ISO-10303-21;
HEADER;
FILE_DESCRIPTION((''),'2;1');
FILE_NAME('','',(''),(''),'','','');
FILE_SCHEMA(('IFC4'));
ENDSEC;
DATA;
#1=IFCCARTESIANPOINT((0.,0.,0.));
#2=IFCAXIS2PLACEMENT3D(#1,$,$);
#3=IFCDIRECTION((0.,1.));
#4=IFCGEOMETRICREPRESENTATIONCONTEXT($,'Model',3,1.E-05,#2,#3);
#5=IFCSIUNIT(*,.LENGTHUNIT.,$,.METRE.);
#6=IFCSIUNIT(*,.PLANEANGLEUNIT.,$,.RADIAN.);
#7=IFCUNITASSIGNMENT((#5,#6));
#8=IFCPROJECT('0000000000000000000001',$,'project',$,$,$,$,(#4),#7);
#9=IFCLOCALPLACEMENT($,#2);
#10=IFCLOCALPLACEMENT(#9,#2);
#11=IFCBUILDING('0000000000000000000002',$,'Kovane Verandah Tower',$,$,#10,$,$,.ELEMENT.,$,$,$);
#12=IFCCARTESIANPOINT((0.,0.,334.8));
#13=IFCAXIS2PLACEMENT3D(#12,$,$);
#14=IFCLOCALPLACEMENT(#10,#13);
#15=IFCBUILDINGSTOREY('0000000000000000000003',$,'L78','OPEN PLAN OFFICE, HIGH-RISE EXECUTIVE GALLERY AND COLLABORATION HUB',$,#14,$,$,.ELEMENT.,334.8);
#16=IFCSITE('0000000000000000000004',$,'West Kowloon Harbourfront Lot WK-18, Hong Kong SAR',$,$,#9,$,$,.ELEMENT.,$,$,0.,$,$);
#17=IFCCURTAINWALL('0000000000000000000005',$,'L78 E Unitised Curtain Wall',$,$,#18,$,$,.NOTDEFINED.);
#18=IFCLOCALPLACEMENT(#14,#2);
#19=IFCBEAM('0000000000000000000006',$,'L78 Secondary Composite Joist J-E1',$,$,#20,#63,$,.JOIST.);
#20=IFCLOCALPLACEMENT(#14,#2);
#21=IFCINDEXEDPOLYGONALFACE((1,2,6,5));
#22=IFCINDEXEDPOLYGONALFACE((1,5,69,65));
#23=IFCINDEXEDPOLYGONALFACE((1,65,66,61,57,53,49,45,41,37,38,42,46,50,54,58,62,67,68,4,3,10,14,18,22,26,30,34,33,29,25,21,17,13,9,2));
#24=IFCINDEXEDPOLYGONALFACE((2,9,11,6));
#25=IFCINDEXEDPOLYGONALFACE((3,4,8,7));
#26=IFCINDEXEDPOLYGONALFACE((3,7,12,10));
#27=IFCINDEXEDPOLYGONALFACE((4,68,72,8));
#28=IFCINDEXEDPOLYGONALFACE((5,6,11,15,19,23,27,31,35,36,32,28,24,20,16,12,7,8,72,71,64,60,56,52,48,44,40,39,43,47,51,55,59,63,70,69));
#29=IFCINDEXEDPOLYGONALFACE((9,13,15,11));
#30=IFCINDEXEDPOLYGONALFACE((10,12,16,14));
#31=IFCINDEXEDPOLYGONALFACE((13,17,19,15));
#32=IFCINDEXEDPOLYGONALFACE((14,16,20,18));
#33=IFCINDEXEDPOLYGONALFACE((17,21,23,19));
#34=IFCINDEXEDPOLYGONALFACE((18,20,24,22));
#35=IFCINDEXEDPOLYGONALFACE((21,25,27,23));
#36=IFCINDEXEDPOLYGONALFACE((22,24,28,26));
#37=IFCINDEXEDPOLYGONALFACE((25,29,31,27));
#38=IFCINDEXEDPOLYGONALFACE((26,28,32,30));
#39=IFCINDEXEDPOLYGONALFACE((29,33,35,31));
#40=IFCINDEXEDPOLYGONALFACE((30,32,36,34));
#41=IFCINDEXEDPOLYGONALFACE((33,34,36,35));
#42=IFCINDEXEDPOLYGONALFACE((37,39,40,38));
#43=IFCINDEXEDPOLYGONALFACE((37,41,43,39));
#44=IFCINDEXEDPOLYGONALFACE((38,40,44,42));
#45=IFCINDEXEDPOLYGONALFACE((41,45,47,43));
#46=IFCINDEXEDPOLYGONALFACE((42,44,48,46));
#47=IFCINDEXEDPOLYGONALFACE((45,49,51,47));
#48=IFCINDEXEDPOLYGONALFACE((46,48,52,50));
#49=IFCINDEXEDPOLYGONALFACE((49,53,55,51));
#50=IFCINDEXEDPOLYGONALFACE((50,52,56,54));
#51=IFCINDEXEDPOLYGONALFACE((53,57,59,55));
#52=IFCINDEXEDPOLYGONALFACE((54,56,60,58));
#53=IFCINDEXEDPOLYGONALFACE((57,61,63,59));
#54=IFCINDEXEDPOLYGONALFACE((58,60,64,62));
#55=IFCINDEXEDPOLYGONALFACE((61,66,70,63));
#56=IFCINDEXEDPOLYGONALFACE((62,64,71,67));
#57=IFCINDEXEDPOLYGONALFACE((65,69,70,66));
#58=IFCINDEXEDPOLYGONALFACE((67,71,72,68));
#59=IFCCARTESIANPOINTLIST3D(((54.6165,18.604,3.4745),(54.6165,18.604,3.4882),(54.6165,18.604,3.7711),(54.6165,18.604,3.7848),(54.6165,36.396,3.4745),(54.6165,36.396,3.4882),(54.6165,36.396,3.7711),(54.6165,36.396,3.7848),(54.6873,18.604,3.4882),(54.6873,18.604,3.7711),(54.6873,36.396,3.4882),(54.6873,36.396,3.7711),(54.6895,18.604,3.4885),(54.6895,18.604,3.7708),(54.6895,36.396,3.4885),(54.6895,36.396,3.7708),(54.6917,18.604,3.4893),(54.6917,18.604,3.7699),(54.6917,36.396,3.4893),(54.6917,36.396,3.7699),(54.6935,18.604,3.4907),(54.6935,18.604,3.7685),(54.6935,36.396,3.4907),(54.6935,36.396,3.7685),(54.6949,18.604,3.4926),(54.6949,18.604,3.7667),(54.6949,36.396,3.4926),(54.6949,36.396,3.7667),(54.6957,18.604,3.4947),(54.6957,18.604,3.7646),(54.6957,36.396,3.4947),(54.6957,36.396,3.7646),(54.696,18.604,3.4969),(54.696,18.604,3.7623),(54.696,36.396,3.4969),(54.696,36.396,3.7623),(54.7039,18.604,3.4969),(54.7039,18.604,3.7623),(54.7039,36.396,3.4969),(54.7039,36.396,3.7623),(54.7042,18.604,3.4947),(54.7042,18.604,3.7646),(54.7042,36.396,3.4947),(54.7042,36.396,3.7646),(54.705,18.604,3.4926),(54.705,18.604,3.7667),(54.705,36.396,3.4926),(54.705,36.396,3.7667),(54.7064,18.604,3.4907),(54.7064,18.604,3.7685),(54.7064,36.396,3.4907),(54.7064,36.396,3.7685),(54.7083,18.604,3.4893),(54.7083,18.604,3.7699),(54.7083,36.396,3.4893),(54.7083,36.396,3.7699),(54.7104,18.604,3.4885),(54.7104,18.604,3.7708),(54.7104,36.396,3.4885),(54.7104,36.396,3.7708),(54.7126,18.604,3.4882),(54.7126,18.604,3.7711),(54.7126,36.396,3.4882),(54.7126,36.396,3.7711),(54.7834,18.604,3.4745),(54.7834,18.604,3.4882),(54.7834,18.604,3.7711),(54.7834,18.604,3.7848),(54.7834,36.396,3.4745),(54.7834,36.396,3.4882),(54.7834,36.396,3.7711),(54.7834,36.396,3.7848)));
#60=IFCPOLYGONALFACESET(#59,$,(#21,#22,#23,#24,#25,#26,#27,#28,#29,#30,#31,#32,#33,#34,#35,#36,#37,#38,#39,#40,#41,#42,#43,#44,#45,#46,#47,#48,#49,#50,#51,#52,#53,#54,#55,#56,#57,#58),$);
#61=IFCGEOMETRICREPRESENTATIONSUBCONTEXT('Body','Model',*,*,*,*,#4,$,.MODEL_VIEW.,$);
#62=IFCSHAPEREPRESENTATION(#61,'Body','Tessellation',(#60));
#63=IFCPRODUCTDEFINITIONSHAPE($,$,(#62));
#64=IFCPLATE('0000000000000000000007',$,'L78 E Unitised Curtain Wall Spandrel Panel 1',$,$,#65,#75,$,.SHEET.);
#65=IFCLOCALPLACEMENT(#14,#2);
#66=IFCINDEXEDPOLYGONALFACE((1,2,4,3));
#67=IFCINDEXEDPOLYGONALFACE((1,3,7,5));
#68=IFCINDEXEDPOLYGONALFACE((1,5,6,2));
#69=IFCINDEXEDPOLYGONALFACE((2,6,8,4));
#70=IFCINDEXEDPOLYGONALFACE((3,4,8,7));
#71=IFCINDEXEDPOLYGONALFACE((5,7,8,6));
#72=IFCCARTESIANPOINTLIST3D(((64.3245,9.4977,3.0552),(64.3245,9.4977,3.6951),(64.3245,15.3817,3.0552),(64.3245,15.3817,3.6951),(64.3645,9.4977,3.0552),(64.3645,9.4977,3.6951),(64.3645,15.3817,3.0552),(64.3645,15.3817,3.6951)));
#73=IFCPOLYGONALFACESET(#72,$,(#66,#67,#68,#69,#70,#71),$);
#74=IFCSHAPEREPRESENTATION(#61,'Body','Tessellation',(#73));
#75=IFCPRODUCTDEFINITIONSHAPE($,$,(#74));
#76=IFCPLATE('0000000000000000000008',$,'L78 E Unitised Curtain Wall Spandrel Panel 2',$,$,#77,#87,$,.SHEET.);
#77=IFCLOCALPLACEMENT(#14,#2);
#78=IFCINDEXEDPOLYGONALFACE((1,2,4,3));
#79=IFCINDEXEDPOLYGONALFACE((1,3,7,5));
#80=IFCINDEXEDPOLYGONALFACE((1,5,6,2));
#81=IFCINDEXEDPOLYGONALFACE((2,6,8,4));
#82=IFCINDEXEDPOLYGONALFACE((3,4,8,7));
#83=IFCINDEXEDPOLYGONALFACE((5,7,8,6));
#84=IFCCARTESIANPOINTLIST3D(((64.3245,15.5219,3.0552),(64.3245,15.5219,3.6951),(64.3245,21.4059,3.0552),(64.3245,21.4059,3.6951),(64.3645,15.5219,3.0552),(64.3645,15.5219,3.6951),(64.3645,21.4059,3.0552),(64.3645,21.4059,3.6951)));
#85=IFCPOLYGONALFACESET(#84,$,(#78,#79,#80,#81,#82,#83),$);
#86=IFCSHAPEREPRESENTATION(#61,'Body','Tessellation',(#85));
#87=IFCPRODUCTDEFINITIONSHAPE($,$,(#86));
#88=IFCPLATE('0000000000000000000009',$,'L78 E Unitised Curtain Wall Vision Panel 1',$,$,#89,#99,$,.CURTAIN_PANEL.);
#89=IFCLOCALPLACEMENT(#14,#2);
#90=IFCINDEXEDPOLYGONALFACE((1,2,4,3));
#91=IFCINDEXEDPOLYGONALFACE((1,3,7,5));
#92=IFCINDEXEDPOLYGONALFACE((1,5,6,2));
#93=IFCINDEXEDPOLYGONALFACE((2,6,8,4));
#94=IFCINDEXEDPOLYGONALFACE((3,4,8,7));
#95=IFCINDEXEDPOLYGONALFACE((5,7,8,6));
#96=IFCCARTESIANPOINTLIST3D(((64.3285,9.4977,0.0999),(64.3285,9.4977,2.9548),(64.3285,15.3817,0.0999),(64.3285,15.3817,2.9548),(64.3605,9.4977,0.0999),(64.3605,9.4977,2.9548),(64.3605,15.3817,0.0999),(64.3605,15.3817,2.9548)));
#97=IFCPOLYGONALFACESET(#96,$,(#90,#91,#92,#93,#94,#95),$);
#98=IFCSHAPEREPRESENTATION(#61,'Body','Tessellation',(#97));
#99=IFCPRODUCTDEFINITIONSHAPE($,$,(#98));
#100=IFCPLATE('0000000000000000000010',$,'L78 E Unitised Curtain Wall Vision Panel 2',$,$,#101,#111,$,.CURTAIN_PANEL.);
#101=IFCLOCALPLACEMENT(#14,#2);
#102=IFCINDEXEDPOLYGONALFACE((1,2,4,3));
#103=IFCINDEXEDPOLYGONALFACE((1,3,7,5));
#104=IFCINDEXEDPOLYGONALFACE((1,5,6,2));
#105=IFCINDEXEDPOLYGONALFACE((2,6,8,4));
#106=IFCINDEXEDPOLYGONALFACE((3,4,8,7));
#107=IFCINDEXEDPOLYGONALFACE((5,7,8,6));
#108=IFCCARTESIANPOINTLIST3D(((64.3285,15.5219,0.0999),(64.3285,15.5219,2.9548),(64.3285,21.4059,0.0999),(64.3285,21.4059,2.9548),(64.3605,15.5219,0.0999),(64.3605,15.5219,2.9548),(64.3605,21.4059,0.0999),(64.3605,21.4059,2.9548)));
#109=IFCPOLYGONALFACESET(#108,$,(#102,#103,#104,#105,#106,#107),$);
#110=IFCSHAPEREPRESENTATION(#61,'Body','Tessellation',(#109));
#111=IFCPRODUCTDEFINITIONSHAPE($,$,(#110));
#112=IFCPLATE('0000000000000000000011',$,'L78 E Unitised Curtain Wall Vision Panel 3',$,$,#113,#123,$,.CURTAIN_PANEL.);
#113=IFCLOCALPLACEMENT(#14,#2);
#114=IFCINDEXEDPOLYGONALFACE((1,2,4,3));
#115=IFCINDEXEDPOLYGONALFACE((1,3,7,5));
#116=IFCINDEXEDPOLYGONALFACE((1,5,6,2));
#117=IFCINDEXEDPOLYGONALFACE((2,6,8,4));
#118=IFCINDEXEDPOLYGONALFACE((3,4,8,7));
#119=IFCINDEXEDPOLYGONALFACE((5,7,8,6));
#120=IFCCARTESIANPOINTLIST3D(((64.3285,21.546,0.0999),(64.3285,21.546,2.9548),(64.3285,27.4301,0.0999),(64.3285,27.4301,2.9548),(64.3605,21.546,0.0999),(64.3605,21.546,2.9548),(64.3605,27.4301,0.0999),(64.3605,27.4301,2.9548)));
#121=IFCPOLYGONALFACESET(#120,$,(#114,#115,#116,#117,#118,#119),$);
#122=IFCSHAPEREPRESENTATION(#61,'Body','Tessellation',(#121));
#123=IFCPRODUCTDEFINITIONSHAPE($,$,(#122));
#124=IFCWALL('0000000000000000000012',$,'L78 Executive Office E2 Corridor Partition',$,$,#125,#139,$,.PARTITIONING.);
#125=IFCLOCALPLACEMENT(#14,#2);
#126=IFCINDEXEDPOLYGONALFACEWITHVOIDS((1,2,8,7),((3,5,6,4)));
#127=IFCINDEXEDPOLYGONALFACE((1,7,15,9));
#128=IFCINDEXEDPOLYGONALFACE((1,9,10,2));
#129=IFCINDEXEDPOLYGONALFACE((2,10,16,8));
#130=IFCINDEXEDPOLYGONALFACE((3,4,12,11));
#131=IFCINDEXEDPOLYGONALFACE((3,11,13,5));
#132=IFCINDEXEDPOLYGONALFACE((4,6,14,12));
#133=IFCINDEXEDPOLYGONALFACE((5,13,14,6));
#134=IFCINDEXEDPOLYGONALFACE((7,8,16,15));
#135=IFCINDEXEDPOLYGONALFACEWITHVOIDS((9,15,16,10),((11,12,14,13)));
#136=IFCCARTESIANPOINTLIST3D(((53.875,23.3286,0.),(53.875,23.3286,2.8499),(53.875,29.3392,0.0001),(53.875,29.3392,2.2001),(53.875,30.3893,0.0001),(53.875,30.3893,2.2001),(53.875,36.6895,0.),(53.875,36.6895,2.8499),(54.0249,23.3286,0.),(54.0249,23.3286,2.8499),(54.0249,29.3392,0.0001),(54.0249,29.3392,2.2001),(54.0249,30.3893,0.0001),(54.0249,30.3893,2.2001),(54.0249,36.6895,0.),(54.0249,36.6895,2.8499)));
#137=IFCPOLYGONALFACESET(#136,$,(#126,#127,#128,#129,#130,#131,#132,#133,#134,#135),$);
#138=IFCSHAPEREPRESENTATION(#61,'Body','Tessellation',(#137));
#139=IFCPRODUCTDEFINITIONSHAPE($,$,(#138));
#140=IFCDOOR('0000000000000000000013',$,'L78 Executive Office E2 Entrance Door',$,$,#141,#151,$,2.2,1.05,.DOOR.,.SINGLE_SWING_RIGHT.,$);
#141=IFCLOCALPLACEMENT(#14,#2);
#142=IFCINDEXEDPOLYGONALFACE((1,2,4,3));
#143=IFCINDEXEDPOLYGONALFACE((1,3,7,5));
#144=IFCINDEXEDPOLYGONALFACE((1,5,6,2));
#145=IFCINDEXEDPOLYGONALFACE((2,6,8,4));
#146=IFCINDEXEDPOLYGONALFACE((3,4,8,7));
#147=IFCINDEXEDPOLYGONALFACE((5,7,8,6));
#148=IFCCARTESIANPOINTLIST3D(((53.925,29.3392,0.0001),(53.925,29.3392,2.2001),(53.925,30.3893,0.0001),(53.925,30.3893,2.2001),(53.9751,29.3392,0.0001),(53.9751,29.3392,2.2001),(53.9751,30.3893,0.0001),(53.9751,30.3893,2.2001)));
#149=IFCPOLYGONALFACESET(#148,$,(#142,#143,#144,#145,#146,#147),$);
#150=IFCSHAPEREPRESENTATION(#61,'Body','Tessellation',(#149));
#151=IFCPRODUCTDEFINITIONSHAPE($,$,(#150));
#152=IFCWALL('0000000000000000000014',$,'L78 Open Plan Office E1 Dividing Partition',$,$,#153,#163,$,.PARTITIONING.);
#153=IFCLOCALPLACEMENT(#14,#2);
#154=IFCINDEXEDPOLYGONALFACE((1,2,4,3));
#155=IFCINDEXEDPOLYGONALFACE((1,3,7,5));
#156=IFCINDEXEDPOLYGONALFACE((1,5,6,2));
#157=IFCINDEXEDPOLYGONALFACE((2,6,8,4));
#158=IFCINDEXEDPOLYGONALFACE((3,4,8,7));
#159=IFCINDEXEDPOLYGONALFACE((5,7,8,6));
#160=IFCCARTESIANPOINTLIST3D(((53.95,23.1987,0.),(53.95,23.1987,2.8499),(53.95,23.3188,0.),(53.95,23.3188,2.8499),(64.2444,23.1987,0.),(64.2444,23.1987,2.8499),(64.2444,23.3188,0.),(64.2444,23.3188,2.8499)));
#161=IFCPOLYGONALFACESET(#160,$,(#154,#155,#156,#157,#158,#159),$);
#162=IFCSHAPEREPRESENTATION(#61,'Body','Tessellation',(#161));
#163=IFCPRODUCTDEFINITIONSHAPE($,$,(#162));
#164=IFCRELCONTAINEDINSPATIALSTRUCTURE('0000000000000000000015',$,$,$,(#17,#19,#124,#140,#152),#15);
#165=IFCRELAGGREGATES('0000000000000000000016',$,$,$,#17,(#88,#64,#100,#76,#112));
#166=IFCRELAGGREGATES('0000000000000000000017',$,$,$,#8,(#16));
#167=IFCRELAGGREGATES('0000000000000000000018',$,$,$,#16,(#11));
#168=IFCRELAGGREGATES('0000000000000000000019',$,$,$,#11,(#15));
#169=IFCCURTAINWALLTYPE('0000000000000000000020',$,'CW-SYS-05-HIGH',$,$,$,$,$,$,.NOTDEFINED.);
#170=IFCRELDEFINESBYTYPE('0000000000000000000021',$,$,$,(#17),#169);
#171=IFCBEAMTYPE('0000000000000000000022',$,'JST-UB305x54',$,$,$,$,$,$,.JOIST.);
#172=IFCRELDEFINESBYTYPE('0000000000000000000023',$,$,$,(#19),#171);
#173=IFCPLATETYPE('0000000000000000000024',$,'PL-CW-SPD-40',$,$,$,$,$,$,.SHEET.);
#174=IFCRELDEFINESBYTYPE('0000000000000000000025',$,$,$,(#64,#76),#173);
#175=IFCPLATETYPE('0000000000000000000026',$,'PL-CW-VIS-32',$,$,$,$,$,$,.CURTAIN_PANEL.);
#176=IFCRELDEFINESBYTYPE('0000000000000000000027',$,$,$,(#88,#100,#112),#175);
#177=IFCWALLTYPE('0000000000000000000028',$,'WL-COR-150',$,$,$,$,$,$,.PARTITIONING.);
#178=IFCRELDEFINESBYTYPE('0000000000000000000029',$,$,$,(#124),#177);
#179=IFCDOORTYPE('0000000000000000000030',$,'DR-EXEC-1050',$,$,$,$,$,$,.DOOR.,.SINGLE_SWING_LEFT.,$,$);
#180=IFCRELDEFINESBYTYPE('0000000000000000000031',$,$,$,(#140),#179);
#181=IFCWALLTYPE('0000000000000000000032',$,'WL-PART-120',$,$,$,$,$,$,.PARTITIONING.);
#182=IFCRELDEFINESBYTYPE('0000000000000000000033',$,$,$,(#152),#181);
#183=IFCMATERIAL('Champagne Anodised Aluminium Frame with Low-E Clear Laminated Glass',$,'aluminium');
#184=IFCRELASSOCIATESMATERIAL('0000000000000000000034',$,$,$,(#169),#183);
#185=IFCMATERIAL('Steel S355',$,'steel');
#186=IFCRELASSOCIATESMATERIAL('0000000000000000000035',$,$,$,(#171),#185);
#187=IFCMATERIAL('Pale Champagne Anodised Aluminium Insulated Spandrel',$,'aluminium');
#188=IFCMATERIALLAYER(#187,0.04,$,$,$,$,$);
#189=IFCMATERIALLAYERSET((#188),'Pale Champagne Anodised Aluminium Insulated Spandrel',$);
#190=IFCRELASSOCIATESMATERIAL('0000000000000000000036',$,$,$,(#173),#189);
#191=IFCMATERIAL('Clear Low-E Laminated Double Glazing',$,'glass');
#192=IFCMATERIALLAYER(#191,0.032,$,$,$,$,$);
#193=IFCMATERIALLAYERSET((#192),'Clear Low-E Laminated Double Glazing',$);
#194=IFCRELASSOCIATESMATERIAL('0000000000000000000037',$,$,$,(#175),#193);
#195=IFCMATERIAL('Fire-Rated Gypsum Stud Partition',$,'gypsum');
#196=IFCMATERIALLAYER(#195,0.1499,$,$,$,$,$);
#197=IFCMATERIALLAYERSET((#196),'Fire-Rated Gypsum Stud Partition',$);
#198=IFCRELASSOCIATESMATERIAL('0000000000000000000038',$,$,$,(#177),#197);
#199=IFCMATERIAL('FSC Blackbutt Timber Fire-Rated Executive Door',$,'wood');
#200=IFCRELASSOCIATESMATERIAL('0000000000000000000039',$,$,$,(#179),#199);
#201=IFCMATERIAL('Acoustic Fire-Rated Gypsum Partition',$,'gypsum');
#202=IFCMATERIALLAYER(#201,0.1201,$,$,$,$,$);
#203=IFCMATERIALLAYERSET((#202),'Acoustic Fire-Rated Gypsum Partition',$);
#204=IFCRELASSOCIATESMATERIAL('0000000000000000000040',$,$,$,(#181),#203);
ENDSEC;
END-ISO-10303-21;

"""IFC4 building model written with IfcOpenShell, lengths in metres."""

from ifc_helpers import new_model, si_unit, direction, frame, frame_2d, origin, origin_2d, place, context, subcontext, project, spatial, rectangle, i_section, extrude, material, layer, layer_set, material_profile, profile_set, type_object, element, fill, aggregate, save


model = new_model("IFC4")

# Units and contexts
model_context = context("Model", 3, precision=1e-05, world=origin(), true_north=direction((0.0, 1.0)))
body_context = subcontext(model_context, "Body", "Model", "MODEL_VIEW")
ifc_project = project(units=[si_unit("LENGTHUNIT", "METRE"), si_unit("PLANEANGLEUNIT", "RADIAN")], contexts=[model_context])

# Site, building, storey
site_placement = place(None, origin())
site = spatial("IfcSite", under=ifc_project, at=site_placement, Name="West Kowloon Harbourfront Lot WK-18, Hong Kong SAR", CompositionType="ELEMENT", RefElevation=0.0)
building_placement = place(site_placement, origin())
building = spatial("IfcBuilding", under=site, at=building_placement, Name="Kovane Verandah Tower", CompositionType="ELEMENT")
storey_placement = place(building_placement, frame((0.0, 0.0, 334.8)))
storey = spatial("IfcBuildingStorey", under=building, at=storey_placement, Name="L78", Description="OPEN PLAN OFFICE, HIGH-RISE EXECUTIVE GALLERY AND COLLABORATION HUB", CompositionType="ELEMENT", Elevation=334.8)

# Shared definitions
ifc_material_1 = material(Name="Steel S355", Category="steel")

# Curtain wall
ifc_material_2 = material(Name="Champagne Anodised Aluminium Frame with Low-E Clear Laminated Glass", Category="aluminium")
curtain_wall_type = type_object("IfcCurtainWallType", Name="CW-SYS-05-HIGH", PredefinedType="NOTDEFINED", material=ifc_material_2)
curtain_wall_placement = place(storey_placement, origin())
curtain_wall = element("IfcCurtainWall", 1, at=curtain_wall_placement, inside=storey, type_object=curtain_wall_type, Name="L78 E Unitised Curtain Wall", PredefinedType="NOTDEFINED")

# Beam
ifc_material_profile_1 = material_profile(ifc_material_1, i_section(OverallWidth=0.167, OverallDepth=0.3103, WebThickness=0.0078, FlangeThickness=0.0137, FilletRadius=0.0088, at=origin_2d()), Name="UB305x165x54")
ifc_profile_set_1 = profile_set([ifc_material_profile_1], Name="Steel S355")
beam_type_1 = type_object("IfcBeamType", Name="JST-UB305x54", PredefinedType="JOIST", material=ifc_profile_set_1)
beam_1_placement = place(storey_placement, frame((54.7, 18.604, 3.6296), z_axis=(0.0, 1.0, 0.0), x_axis=(-1.0, 0.0, 0.0)))
element("IfcBeam", 2, at=beam_1_placement, inside=storey, type_object=beam_type_1, Name="L78 Secondary Composite Joist J-E1", PredefinedType="JOIST", context=body_context, shape_type="SweptSolid", body=[
    extrude(i_section(OverallWidth=0.167, OverallDepth=0.3103, WebThickness=0.0078, FlangeThickness=0.0137, FilletRadius=0.0088, at=origin_2d()), origin(), (0.0, 0.0, 1.0), 17.792),
])

# Plates
ifc_material_3 = material(Name="Pale Champagne Anodised Aluminium Insulated Spandrel", Category="aluminium")
ifc_layer_1 = layer(ifc_material_3, 0.04)
ifc_layer_set_1 = layer_set([ifc_layer_1], Name="Pale Champagne Anodised Aluminium Insulated Spandrel")
plate_type_1 = type_object("IfcPlateType", Name="PL-CW-SPD-40", PredefinedType="SHEET", material=ifc_layer_set_1)
plate_1_placement = place(storey_placement, frame((64.3445, 12.4397, 3.0552), z_axis=(0.0, 0.0, 1.0), x_axis=(0.0, 1.0, 0.0)))
plate_1 = element("IfcPlate", 3, at=plate_1_placement, type_object=plate_type_1, Name="L78 E Unitised Curtain Wall Spandrel Panel 1", PredefinedType="SHEET", context=body_context, shape_type="SweptSolid", body=[
    extrude(rectangle(XDim=5.884, YDim=0.04, at=origin_2d()), origin(), (0.0, 0.0, 1.0), 0.6399),
])
plate_2_placement = place(storey_placement, frame((64.3445, 18.4639, 3.0552), z_axis=(0.0, 0.0, 1.0), x_axis=(0.0, 1.0, 0.0)))
plate_2 = element("IfcPlate", 4, at=plate_2_placement, type_object=plate_type_1, Name="L78 E Unitised Curtain Wall Spandrel Panel 2", PredefinedType="SHEET", context=body_context, shape_type="SweptSolid", body=[
    extrude(rectangle(XDim=5.884, YDim=0.04, at=origin_2d()), origin(), (0.0, 0.0, 1.0), 0.6399),
])
ifc_material_4 = material(Name="Clear Low-E Laminated Double Glazing", Category="glass")
ifc_layer_2 = layer(ifc_material_4, 0.032)
ifc_layer_set_2 = layer_set([ifc_layer_2], Name="Clear Low-E Laminated Double Glazing")
plate_type_2 = type_object("IfcPlateType", Name="PL-CW-VIS-32", PredefinedType="CURTAIN_PANEL", material=ifc_layer_set_2)
plate_3_placement = place(storey_placement, frame((64.3445, 12.4397, 0.0999), z_axis=(0.0, 0.0, 1.0), x_axis=(0.0, 1.0, 0.0)))
plate_3 = element("IfcPlate", 5, at=plate_3_placement, type_object=plate_type_2, Name="L78 E Unitised Curtain Wall Vision Panel 1", PredefinedType="CURTAIN_PANEL", context=body_context, shape_type="SweptSolid", body=[
    extrude(rectangle(XDim=5.884, YDim=0.032, at=origin_2d()), origin(), (0.0, 0.0, 1.0), 2.855),
])
plate_4_placement = place(storey_placement, frame((64.3445, 18.4639, 0.0999), z_axis=(0.0, 0.0, 1.0), x_axis=(0.0, 1.0, 0.0)))
plate_4 = element("IfcPlate", 6, at=plate_4_placement, type_object=plate_type_2, Name="L78 E Unitised Curtain Wall Vision Panel 2", PredefinedType="CURTAIN_PANEL", context=body_context, shape_type="SweptSolid", body=[
    extrude(rectangle(XDim=5.884, YDim=0.032, at=origin_2d()), origin(), (0.0, 0.0, 1.0), 2.855),
])
plate_5_placement = place(storey_placement, frame((64.3445, 24.488, 0.0999), z_axis=(0.0, 0.0, 1.0), x_axis=(0.0, 1.0, 0.0)))
plate_5 = element("IfcPlate", 7, at=plate_5_placement, type_object=plate_type_2, Name="L78 E Unitised Curtain Wall Vision Panel 3", PredefinedType="CURTAIN_PANEL", context=body_context, shape_type="SweptSolid", body=[
    extrude(rectangle(XDim=5.884, YDim=0.032, at=origin_2d()), origin(), (0.0, 0.0, 1.0), 2.855),
])
aggregate(curtain_wall, [plate_3, plate_1, plate_4, plate_2, plate_5])

# Wall, opening, door
ifc_material_5 = material(Name="Fire-Rated Gypsum Stud Partition", Category="gypsum")
ifc_layer_3 = layer(ifc_material_5, 0.1499)
ifc_layer_set_3 = layer_set([ifc_layer_3], Name="Fire-Rated Gypsum Stud Partition")
wall_type_1 = type_object("IfcWallType", Name="WL-COR-150", PredefinedType="PARTITIONING", material=ifc_layer_set_3)
wall_1_placement = place(storey_placement, frame((53.95, 23.3286, 0.0), z_axis=(0.0, 0.0, 1.0), x_axis=(0.0, 1.0, 0.0)))
wall_1 = element("IfcWall", 8, at=wall_1_placement, inside=storey, type_object=wall_type_1, Name="L78 Executive Office E2 Corridor Partition", PredefinedType="PARTITIONING", context=body_context, shape_type="SweptSolid", body=[
    extrude(rectangle(XDim=13.3608, YDim=0.1499, at=frame_2d((6.6804, 0.0))), origin(), (0.0, 0.0, 1.0), 2.8499),
])
opening_placement = place(wall_1_placement, frame((6.0107, 0.0, 0.0)))
opening = element("IfcOpeningElement", 9, at=opening_placement, cuts=wall_1, PredefinedType="OPENING", context=body_context, shape_type="SweptSolid", body=[
    extrude(rectangle(XDim=1.05, YDim=2.2, at=frame_2d((0.5249, 1.1001))), frame((0.0, 0.075, 0.0), z_axis=(0.0, -1.0, 0.0), x_axis=(1.0, 0.0, 0.0)), (0.0, 0.0, 1.0), 0.1499),
])
ifc_material_6 = material(Name="FSC Blackbutt Timber Fire-Rated Executive Door", Category="wood")
door_type = type_object("IfcDoorType", Name="DR-EXEC-1050", OperationType="SINGLE_SWING_LEFT", PredefinedType="DOOR", material=ifc_material_6)
door_placement = place(opening_placement, origin())
door = element("IfcDoor", 10, at=door_placement, inside=storey, type_object=door_type, Name="L78 Executive Office E2 Entrance Door", OperationType="SINGLE_SWING_RIGHT", OverallHeight=2.2, OverallWidth=1.05, PredefinedType="DOOR", context=body_context, shape_type="SweptSolid", body=[
    extrude(rectangle(XDim=1.05, YDim=2.2, at=frame_2d((0.5249, 1.1001))), frame((0.0, 0.0249, 0.0), z_axis=(0.0, -1.0, 0.0), x_axis=(1.0, 0.0, 0.0)), (0.0, 0.0, 1.0), 0.05),
])
fill(opening, door)

# Wall
ifc_material_7 = material(Name="Acoustic Fire-Rated Gypsum Partition", Category="gypsum")
ifc_layer_4 = layer(ifc_material_7, 0.1201)
ifc_layer_set_4 = layer_set([ifc_layer_4], Name="Acoustic Fire-Rated Gypsum Partition")
wall_type_2 = type_object("IfcWallType", Name="WL-PART-120", PredefinedType="PARTITIONING", material=ifc_layer_set_4)
wall_2_placement = place(storey_placement, frame((53.95, 23.2588, 0.0), z_axis=(0.0, 0.0, 1.0), x_axis=(1.0, 0.0, 0.0)))
element("IfcWall", 11, at=wall_2_placement, inside=storey, type_object=wall_type_2, Name="L78 Open Plan Office E1 Dividing Partition", PredefinedType="PARTITIONING", context=body_context, shape_type="SweptSolid", body=[
    extrude(rectangle(XDim=10.2944, YDim=0.1201, at=frame_2d((5.1472, 0.0))), origin(), (0.0, 0.0, 1.0), 2.8499),
])

save(model, "model.ifc")
